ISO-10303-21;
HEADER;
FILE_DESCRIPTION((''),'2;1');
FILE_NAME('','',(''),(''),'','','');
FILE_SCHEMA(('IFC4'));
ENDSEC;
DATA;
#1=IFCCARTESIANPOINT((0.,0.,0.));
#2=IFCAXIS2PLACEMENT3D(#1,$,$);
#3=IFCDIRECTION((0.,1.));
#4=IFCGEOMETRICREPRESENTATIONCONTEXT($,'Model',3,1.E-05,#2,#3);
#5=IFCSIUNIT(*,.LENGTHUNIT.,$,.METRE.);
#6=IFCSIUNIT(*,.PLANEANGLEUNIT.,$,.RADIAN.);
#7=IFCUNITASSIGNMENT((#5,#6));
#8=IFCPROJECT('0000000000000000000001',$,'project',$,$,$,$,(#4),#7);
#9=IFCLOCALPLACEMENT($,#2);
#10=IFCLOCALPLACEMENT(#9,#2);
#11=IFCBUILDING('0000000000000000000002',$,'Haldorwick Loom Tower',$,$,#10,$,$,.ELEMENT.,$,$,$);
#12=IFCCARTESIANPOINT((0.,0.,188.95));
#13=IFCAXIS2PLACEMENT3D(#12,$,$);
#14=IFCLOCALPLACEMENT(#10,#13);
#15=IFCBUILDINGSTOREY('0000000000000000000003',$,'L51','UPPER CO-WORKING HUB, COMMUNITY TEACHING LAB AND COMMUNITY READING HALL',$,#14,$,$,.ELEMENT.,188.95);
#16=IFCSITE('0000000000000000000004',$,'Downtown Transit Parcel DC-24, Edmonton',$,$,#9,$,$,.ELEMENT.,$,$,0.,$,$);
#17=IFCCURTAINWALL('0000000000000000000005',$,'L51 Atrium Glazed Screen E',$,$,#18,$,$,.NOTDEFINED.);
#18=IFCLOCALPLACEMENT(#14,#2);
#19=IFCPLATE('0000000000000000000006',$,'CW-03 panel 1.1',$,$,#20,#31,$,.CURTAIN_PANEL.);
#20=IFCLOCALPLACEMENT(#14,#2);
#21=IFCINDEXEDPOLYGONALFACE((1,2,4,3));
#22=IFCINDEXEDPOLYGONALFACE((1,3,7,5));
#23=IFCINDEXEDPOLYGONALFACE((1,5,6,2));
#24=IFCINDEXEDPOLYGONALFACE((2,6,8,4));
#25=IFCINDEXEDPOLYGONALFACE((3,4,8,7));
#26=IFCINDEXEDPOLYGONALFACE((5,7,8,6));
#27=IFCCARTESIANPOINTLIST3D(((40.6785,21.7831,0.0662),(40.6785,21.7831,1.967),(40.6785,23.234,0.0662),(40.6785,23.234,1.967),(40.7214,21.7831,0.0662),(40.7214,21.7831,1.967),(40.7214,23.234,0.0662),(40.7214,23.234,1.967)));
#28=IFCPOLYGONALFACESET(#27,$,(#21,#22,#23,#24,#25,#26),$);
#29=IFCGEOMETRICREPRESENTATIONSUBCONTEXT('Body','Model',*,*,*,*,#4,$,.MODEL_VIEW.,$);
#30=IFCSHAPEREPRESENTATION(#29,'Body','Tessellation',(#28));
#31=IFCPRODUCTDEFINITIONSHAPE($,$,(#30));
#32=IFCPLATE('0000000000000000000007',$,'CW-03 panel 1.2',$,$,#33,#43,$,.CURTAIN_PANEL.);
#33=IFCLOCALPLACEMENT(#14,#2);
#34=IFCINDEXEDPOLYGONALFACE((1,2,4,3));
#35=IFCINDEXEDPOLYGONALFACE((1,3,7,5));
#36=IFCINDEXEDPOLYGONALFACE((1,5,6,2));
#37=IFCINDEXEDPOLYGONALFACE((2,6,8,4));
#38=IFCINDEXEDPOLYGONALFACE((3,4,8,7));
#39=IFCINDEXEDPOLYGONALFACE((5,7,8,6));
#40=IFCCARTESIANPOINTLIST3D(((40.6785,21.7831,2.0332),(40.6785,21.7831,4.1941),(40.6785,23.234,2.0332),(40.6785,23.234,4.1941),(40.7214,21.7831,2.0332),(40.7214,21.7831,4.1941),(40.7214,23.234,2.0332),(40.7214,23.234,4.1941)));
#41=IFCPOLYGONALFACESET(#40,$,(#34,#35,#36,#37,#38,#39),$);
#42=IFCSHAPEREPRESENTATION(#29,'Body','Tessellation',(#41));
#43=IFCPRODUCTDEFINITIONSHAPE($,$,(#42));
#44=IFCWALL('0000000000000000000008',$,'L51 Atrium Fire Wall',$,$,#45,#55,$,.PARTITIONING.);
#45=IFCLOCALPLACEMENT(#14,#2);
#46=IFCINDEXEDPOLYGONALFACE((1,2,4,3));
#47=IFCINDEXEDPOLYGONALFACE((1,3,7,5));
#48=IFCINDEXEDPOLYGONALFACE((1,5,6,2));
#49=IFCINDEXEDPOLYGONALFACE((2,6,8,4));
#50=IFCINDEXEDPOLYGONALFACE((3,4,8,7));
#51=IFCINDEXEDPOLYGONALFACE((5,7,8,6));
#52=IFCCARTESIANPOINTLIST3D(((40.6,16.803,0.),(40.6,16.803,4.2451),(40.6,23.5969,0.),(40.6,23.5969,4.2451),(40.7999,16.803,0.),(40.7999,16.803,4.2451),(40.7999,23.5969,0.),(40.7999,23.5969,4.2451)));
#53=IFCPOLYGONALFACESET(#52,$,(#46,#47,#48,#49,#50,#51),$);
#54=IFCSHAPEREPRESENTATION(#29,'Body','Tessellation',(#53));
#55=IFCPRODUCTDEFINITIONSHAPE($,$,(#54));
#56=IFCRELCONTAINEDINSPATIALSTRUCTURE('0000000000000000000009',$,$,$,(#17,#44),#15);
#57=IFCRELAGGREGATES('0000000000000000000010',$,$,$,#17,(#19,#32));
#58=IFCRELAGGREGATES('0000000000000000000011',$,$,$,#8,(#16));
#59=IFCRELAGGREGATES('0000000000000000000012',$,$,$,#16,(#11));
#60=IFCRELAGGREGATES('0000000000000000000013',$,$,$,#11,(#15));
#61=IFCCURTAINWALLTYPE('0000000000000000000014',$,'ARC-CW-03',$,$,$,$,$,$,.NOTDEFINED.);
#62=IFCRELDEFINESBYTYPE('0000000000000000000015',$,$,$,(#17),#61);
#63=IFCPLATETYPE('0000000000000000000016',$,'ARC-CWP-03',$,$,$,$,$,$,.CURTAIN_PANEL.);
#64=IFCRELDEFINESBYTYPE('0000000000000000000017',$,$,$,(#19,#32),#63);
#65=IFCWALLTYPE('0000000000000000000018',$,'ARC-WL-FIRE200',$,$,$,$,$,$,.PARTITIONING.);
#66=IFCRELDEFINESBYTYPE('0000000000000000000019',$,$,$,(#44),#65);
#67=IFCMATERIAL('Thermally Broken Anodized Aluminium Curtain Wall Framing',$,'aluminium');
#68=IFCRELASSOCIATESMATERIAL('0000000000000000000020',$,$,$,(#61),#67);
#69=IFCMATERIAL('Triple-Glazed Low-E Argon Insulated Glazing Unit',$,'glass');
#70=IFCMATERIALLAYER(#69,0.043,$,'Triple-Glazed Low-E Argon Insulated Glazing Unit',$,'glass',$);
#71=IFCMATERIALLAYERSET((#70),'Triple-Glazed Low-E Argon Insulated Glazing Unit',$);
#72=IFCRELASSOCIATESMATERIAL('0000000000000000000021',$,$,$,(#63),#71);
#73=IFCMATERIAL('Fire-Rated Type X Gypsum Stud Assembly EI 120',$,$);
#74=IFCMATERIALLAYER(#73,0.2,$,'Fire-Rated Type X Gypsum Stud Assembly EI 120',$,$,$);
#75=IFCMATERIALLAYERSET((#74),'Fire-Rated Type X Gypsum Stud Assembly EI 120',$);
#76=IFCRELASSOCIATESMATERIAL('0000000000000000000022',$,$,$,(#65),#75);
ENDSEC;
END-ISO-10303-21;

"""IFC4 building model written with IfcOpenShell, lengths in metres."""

from ifc_helpers import new_model, si_unit, direction, frame, frame_2d, origin, origin_2d, place, context, subcontext, project, spatial, rectangle, extrude, material, layer, layer_set, type_object, element, aggregate, save


model = new_model("IFC4")

# Units and contexts
model_context = context("Model", 3, precision=1e-05, world=origin(), true_north=direction((0.0, 1.0)))
body_context = subcontext(model_context, "Body", "Model", "MODEL_VIEW")
ifc_project = project(units=[si_unit("LENGTHUNIT", "METRE"), si_unit("PLANEANGLEUNIT", "RADIAN")], contexts=[model_context])

# Site, building, storey
site_placement = place(None, origin())
site = spatial("IfcSite", under=ifc_project, at=site_placement, Name="Downtown Transit Parcel DC-24, Edmonton", CompositionType="ELEMENT", RefElevation=0.0)
building_placement = place(site_placement, origin())
building = spatial("IfcBuilding", under=site, at=building_placement, Name="Haldorwick Loom Tower", CompositionType="ELEMENT")
storey_placement = place(building_placement, frame((0.0, 0.0, 188.95)))
storey = spatial("IfcBuildingStorey", under=building, at=storey_placement, Name="L51", Description="UPPER CO-WORKING HUB, COMMUNITY TEACHING LAB AND COMMUNITY READING HALL", CompositionType="ELEMENT", Elevation=188.95)

# Curtain wall
ifc_material_1 = material(Name="Thermally Broken Anodized Aluminium Curtain Wall Framing", Category="aluminium")
curtain_wall_type = type_object("IfcCurtainWallType", Name="ARC-CW-03", PredefinedType="NOTDEFINED", material=ifc_material_1)
curtain_wall_1_placement = place(storey_placement, origin())
curtain_wall_1 = element("IfcCurtainWall", 1, at=curtain_wall_1_placement, inside=storey, type_object=curtain_wall_type, Name="L51 Atrium Glazed Screen E", PredefinedType="NOTDEFINED")

# Plates
ifc_material_2 = material(Name="Triple-Glazed Low-E Argon Insulated Glazing Unit", Category="glass")
ifc_layer_1 = layer(ifc_material_2, 0.043, Name="Triple-Glazed Low-E Argon Insulated Glazing Unit", Category="glass")
ifc_layer_set_1 = layer_set([ifc_layer_1], Name="Triple-Glazed Low-E Argon Insulated Glazing Unit")
plate_type = type_object("IfcPlateType", Name="ARC-CWP-03", PredefinedType="CURTAIN_PANEL", material=ifc_layer_set_1)
plate_1_placement = place(storey_placement, frame((40.7, 22.5085, 0.0662), z_axis=(0.0, 0.0, 1.0), x_axis=(0.0, -1.0, 0.0)))
plate_1 = element("IfcPlate", 2, at=plate_1_placement, type_object=plate_type, Name="CW-03 panel 1.1", PredefinedType="CURTAIN_PANEL", context=body_context, shape_type="SweptSolid", body=[
    extrude(rectangle(XDim=1.4509, YDim=0.043, at=origin_2d()), origin(), (0.0, 0.0, 1.0), 1.9009),
])
plate_2_placement = place(storey_placement, frame((40.7, 22.5085, 2.0332), z_axis=(0.0, 0.0, 1.0), x_axis=(0.0, -1.0, 0.0)))
plate_2 = element("IfcPlate", 3, at=plate_2_placement, type_object=plate_type, Name="CW-03 panel 1.2", PredefinedType="CURTAIN_PANEL", context=body_context, shape_type="SweptSolid", body=[
    extrude(rectangle(XDim=1.4509, YDim=0.043, at=origin_2d()), origin(), (0.0, 0.0, 1.0), 2.1609),
])
aggregate(curtain_wall_1, [plate_1, plate_2])

# Wall
ifc_material_3 = material(Name="Fire-Rated Type X Gypsum Stud Assembly EI 120")
ifc_layer_2 = layer(ifc_material_3, 0.2, Name="Fire-Rated Type X Gypsum Stud Assembly EI 120")
ifc_layer_set_2 = layer_set([ifc_layer_2], Name="Fire-Rated Type X Gypsum Stud Assembly EI 120")
wall_type = type_object("IfcWallType", Name="ARC-WL-FIRE200", PredefinedType="PARTITIONING", material=ifc_layer_set_2)
wall_placement = place(storey_placement, frame((40.7, 23.5969, 0.0), z_axis=(0.0, 0.0, 1.0), x_axis=(0.0, -1.0, 0.0)))
element("IfcWall", 4, at=wall_placement, inside=storey, type_object=wall_type, Name="L51 Atrium Fire Wall", PredefinedType="PARTITIONING", context=body_context, shape_type="SweptSolid", body=[
    extrude(rectangle(XDim=6.7939, YDim=0.2, at=frame_2d((3.397, 0.0))), origin(), (0.0, 0.0, 1.0), 4.2451),
])

save(model, "model.ifc")
